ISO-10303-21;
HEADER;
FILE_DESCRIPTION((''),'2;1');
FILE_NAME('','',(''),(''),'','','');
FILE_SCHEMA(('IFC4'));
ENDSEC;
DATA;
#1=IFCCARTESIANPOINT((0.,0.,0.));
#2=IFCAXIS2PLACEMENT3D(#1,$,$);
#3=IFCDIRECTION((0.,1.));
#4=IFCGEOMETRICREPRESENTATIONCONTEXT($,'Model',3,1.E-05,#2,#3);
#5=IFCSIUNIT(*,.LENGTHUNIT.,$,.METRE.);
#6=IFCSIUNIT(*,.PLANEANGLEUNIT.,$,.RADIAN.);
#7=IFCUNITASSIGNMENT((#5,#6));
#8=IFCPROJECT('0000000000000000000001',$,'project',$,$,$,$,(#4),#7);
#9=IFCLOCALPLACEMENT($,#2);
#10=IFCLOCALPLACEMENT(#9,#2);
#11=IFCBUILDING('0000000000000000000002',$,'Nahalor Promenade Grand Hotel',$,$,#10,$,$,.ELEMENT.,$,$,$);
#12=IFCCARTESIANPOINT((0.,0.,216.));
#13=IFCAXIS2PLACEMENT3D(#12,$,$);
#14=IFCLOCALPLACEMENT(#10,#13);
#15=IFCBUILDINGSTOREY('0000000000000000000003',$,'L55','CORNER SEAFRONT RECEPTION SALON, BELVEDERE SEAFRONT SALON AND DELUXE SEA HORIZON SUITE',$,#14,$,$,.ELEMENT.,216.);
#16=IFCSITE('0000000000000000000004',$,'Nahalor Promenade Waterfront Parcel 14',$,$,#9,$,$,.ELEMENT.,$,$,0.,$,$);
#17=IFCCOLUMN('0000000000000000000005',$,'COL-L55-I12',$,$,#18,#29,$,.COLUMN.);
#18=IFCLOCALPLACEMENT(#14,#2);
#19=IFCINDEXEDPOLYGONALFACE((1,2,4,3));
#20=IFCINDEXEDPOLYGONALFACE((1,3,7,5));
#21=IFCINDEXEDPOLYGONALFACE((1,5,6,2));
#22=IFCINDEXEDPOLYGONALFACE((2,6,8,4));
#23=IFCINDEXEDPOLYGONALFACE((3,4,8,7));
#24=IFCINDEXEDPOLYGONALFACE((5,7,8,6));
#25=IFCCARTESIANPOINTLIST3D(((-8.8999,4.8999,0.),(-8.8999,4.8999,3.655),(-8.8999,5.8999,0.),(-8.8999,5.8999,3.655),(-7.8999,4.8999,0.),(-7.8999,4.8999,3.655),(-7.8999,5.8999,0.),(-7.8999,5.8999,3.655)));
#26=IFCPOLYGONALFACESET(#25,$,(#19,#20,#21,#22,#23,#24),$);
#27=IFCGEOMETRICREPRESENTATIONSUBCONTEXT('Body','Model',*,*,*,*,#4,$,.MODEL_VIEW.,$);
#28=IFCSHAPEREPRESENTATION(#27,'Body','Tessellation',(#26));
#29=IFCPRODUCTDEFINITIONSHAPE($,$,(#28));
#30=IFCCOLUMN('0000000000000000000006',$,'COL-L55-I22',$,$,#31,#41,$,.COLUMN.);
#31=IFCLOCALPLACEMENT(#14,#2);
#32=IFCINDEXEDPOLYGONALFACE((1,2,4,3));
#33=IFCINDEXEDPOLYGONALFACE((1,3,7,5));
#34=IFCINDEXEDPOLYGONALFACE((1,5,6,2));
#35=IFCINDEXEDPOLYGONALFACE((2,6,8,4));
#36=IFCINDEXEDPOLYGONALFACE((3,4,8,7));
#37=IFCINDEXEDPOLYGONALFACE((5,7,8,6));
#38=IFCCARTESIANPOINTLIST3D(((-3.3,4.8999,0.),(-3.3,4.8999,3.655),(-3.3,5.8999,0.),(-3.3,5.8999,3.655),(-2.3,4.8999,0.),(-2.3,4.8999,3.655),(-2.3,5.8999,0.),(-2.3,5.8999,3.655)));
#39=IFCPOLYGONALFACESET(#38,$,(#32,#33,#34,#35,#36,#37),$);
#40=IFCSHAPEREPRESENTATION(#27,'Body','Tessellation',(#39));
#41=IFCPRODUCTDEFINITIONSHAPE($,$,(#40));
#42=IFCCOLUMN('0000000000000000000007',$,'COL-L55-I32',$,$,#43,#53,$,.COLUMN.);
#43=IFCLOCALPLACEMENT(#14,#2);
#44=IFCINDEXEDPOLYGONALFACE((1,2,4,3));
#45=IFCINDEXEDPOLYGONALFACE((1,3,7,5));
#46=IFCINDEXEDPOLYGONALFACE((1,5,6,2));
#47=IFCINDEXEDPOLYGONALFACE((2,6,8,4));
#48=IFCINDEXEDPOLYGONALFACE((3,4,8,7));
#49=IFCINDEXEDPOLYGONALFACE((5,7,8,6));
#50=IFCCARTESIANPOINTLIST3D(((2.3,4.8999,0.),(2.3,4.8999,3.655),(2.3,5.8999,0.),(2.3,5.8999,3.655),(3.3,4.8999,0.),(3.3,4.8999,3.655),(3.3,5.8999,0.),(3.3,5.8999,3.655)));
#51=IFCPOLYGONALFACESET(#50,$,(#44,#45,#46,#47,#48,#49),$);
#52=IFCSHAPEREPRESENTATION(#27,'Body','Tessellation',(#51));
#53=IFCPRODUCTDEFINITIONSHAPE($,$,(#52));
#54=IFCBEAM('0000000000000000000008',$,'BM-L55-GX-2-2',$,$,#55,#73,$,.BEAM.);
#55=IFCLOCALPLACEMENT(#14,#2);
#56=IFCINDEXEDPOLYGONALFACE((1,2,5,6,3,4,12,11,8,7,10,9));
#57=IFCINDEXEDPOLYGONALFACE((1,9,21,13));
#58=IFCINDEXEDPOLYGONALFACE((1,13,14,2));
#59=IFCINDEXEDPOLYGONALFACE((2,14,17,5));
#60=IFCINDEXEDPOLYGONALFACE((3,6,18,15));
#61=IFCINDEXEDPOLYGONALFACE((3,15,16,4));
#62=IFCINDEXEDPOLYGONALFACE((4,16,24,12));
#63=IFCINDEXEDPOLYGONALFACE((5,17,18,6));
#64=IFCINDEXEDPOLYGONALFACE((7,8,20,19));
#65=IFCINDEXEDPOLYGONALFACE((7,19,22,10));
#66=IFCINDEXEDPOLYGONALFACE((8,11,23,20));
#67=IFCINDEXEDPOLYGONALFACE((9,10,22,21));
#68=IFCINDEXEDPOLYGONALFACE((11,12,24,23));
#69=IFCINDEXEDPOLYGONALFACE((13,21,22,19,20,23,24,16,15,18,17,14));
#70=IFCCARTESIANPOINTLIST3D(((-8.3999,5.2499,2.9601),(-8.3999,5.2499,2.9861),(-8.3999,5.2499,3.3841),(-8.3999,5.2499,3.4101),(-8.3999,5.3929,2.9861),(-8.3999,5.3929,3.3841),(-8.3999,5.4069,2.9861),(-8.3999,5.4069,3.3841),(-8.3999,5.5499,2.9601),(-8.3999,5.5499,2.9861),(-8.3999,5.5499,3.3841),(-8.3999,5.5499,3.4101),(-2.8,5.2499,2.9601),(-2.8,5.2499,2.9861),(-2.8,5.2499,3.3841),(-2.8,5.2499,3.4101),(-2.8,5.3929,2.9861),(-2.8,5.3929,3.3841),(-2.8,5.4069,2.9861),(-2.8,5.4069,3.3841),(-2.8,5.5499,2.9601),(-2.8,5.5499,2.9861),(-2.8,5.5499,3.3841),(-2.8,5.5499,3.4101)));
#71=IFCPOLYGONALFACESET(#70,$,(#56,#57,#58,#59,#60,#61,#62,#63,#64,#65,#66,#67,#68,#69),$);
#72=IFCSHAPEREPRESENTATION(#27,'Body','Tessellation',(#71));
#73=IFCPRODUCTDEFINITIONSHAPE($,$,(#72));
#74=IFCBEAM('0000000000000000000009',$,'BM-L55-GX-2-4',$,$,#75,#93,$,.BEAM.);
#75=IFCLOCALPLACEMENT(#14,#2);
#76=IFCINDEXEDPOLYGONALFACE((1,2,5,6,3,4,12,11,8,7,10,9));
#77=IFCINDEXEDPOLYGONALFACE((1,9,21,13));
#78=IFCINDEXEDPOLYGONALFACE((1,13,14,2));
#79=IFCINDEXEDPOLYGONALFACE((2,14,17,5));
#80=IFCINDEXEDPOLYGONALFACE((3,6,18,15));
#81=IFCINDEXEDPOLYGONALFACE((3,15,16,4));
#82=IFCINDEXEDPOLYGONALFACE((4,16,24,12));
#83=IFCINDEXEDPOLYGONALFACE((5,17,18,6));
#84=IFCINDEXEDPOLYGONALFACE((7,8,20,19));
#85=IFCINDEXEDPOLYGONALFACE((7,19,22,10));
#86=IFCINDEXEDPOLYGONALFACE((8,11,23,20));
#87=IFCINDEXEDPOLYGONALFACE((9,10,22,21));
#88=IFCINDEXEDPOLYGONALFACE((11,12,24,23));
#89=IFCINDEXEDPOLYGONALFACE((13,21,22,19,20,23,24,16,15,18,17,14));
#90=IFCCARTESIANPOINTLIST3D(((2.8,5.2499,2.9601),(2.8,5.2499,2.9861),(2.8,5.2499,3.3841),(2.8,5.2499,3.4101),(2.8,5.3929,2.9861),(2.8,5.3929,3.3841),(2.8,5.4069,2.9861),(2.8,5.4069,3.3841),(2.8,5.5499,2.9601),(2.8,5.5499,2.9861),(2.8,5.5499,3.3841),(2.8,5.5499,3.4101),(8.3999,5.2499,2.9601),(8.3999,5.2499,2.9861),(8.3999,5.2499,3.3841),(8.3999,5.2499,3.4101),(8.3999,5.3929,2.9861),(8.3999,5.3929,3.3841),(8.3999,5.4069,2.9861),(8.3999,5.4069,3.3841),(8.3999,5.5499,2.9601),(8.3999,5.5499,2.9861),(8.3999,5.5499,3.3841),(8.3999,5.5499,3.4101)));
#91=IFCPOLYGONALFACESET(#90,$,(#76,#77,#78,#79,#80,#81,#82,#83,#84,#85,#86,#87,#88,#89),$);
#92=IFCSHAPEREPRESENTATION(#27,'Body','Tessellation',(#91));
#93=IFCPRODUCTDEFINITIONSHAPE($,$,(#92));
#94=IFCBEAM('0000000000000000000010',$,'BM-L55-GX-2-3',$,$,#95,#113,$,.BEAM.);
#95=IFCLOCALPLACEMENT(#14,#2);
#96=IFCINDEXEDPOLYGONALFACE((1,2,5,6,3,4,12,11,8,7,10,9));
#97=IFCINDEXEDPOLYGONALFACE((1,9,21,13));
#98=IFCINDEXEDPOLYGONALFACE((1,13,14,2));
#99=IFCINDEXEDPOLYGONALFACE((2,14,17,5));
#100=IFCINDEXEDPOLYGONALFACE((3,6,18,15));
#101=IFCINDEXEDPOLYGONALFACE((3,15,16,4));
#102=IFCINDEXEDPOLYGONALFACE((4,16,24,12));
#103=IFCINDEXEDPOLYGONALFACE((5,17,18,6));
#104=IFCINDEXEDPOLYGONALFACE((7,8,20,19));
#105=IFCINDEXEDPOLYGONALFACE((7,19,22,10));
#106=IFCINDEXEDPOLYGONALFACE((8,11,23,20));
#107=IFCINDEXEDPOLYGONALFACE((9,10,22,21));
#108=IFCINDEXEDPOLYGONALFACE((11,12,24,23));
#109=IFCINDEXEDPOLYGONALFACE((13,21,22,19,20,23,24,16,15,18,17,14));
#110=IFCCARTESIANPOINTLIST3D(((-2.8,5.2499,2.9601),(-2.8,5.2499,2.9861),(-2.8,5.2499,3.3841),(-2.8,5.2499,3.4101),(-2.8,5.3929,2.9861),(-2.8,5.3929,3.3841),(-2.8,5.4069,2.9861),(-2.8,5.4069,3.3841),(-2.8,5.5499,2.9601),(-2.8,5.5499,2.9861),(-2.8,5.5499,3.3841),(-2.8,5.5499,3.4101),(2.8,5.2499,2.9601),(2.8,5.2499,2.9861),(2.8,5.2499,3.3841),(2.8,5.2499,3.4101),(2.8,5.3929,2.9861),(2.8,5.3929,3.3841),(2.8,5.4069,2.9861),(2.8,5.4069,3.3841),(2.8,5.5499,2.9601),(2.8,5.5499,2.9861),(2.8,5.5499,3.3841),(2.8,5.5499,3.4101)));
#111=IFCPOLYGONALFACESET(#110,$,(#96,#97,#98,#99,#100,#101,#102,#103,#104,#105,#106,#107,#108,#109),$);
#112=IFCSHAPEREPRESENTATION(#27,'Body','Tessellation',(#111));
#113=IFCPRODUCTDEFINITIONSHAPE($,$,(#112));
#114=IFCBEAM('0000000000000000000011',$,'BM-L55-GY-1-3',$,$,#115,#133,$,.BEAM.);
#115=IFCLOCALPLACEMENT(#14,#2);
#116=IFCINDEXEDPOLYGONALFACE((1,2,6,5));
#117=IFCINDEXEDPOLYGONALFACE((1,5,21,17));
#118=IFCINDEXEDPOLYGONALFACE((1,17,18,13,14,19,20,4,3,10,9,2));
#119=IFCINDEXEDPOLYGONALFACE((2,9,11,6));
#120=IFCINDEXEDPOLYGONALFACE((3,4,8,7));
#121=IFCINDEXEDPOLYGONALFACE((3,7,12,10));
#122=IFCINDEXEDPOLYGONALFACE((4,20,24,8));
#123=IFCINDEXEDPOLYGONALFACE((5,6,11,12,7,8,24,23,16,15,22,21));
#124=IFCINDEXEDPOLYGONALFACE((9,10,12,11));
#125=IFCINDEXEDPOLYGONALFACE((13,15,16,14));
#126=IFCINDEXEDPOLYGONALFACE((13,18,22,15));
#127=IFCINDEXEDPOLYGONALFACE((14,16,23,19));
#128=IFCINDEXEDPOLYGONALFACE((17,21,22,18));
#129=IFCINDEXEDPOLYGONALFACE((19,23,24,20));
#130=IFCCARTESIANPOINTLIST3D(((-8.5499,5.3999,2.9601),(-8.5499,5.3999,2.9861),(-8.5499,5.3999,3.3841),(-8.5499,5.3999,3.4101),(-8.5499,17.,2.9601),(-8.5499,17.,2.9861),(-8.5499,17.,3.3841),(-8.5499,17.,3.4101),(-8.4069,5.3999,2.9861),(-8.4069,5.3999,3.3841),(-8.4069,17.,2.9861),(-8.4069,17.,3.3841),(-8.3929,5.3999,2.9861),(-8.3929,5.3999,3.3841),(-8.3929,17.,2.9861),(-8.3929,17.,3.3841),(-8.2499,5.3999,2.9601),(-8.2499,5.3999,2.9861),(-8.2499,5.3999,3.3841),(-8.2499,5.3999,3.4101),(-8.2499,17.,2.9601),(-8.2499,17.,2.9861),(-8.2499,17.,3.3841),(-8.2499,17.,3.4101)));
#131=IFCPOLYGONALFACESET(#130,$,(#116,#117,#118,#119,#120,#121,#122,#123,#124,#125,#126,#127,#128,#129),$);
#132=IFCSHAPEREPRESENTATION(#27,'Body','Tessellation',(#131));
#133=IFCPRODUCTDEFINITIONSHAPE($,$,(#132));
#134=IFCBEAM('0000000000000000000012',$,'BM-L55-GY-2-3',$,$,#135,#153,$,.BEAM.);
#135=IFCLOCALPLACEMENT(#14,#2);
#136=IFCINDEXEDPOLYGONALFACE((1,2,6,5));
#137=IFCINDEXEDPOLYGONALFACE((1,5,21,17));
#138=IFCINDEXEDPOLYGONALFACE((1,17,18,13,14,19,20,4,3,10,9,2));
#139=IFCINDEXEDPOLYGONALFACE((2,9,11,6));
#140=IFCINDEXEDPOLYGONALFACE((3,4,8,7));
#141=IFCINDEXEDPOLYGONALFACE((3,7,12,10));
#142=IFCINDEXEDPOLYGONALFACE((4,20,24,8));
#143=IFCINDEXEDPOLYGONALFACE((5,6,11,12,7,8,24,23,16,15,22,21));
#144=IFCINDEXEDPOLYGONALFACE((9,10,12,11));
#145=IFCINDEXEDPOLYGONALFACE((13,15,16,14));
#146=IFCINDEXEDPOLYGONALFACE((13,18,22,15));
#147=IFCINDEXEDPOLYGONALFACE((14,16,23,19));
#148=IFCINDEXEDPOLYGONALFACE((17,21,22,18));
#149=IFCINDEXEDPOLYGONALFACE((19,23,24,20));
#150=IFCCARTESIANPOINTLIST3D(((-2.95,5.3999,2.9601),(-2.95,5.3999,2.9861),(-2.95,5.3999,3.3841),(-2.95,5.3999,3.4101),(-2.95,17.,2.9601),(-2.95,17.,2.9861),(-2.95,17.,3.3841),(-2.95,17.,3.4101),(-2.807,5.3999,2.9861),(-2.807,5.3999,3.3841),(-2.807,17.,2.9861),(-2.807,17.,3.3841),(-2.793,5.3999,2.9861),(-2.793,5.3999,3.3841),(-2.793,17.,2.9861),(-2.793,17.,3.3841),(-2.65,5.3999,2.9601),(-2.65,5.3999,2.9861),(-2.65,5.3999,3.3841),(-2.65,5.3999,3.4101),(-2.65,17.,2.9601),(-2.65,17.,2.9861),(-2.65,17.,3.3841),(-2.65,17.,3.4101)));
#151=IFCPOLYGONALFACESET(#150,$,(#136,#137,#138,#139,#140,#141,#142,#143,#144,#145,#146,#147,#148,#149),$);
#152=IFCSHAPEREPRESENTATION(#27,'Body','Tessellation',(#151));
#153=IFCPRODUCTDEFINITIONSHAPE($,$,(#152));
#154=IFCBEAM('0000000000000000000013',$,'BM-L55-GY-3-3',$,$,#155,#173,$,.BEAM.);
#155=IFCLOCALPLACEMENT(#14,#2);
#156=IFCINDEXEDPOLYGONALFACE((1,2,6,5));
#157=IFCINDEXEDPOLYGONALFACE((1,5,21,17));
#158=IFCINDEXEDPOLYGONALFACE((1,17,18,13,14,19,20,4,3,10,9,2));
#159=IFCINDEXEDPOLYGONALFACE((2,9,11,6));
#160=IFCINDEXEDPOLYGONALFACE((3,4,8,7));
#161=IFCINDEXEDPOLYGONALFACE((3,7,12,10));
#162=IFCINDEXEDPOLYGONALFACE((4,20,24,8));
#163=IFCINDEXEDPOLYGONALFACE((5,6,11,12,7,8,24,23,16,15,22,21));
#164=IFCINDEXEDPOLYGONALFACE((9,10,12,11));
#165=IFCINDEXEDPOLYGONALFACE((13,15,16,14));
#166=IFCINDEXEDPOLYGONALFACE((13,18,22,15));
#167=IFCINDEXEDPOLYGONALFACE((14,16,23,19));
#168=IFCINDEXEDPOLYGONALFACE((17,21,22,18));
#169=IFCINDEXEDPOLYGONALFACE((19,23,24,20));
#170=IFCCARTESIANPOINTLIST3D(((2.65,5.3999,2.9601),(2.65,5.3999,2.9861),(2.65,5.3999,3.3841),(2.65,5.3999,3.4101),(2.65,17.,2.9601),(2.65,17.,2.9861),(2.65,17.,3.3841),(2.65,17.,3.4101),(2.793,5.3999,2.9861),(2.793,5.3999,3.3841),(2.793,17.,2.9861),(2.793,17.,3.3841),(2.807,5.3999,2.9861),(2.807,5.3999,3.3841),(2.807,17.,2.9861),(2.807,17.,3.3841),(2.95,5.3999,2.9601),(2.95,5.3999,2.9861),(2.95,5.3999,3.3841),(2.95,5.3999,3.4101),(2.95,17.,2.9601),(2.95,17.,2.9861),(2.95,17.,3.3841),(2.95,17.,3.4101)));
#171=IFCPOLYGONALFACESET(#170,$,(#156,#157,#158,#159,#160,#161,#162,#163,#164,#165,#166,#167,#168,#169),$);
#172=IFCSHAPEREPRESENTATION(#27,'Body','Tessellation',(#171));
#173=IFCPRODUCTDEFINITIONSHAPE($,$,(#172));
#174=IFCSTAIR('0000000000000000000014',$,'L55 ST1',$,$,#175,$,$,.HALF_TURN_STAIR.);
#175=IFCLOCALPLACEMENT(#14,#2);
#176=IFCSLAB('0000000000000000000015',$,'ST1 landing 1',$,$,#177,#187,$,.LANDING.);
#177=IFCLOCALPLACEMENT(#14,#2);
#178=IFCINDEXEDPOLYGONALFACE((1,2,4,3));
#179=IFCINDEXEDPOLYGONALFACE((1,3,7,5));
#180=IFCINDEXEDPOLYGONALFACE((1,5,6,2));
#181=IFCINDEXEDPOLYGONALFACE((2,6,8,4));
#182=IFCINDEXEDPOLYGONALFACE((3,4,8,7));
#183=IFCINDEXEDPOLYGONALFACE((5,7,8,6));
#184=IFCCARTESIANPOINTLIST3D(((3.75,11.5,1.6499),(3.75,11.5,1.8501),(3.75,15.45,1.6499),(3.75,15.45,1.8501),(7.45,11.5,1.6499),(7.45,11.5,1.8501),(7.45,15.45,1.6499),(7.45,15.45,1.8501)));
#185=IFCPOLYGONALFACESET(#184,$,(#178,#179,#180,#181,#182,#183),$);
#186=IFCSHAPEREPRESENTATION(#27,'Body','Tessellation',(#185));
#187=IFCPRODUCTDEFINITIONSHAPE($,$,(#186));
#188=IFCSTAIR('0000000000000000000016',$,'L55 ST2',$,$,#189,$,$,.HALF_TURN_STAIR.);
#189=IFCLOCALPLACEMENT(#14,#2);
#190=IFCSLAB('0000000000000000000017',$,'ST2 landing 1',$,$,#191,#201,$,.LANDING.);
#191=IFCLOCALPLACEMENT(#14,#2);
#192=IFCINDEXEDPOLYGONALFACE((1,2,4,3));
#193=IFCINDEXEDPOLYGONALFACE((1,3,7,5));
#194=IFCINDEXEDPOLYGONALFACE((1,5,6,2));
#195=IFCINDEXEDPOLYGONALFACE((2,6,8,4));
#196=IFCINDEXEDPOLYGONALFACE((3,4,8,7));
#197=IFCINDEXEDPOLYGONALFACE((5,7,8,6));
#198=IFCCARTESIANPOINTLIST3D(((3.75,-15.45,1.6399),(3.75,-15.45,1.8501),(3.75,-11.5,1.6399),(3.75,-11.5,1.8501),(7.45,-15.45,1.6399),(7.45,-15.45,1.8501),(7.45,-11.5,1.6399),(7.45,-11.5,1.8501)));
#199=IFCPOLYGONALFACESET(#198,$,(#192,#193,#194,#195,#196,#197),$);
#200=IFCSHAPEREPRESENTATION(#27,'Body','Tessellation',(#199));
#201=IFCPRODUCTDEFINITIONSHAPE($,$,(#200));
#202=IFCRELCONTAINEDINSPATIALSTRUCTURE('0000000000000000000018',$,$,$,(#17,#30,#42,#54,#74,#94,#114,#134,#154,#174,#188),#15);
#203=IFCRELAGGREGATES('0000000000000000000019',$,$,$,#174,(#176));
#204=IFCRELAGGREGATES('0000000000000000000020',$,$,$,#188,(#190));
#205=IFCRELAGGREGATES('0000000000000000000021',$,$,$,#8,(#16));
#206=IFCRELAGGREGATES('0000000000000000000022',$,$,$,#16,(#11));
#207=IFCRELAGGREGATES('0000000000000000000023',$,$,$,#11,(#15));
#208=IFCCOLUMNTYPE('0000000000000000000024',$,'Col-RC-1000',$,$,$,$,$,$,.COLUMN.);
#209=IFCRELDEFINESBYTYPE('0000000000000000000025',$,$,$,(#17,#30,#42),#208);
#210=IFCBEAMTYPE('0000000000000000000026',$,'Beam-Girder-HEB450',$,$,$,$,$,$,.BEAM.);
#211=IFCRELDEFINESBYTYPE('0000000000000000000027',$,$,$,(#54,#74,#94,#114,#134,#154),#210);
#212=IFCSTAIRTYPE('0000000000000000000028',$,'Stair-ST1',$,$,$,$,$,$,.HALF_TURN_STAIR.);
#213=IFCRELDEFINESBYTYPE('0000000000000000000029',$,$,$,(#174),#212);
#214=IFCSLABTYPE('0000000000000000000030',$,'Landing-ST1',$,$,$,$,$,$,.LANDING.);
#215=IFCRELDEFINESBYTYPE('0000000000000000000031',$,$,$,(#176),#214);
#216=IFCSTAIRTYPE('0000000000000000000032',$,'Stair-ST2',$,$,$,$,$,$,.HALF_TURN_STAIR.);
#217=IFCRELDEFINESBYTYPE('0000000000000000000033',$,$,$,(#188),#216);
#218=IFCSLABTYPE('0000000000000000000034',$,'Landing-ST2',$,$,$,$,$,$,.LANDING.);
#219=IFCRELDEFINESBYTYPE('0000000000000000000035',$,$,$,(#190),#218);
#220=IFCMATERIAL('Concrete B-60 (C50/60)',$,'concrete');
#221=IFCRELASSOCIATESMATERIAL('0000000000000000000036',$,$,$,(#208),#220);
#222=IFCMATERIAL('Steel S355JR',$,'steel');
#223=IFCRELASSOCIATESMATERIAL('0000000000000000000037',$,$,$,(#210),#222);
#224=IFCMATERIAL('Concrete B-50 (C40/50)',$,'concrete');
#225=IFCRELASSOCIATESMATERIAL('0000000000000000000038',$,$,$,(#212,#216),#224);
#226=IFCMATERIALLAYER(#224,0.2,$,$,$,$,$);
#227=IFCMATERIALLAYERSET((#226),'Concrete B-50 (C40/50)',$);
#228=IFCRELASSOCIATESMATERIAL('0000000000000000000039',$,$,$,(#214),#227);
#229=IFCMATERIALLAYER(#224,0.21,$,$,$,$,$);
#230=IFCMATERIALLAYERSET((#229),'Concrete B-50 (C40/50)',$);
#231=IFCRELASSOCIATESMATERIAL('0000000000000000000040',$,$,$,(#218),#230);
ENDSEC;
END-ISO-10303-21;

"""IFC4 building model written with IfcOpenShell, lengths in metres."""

from ifc_helpers import new_model, si_unit, direction, frame, origin, origin_2d, place, context, subcontext, project, spatial, polyline, rectangle, i_section, outline, extrude, source, transform, mapped, material, layer, layer_set, material_profile, profile_set, type_object, element, aggregate, save


model = new_model("IFC4")

# Units and contexts
model_context = context("Model", 3, precision=1e-05, world=origin(), true_north=direction((0.0, 1.0)))
body_context = subcontext(model_context, "Body", "Model", "MODEL_VIEW")
ifc_project = project(units=[si_unit("LENGTHUNIT", "METRE"), si_unit("PLANEANGLEUNIT", "RADIAN")], contexts=[model_context])

# Site, building, storey
site_placement = place(None, origin())
site = spatial("IfcSite", under=ifc_project, at=site_placement, Name="Nahalor Promenade Waterfront Parcel 14", CompositionType="ELEMENT", RefElevation=0.0)
building_placement = place(site_placement, origin())
building = spatial("IfcBuilding", under=site, at=building_placement, Name="Nahalor Promenade Grand Hotel", CompositionType="ELEMENT")
storey_placement = place(building_placement, frame((0.0, 0.0, 216.0)))
storey = spatial("IfcBuildingStorey", under=building, at=storey_placement, Name="L55", Description="CORNER SEAFRONT RECEPTION SALON, BELVEDERE SEAFRONT SALON AND DELUXE SEA HORIZON SUITE", CompositionType="ELEMENT", Elevation=216.0)

# Columns
ifc_material_1 = material(Name="Concrete B-60 (C50/60)", Category="concrete")
ifc_material_profile_1 = material_profile(ifc_material_1, rectangle(XDim=1.0, YDim=1.0, at=origin_2d()), Name="RC 1000x1000")
ifc_profile_set_1 = profile_set([ifc_material_profile_1], Name="Concrete B-60 (C50/60)")
column_type = type_object("IfcColumnType", Name="Col-RC-1000", PredefinedType="COLUMN", material=ifc_profile_set_1)
shared_shape_1 = source(origin(), body_context, "Body", "SweptSolid", [
    extrude(rectangle(XDim=1.0, YDim=1.0, at=origin_2d()), origin(), (0.0, 0.0, 1.0), 3.655),
])
for number, where, z_axis, x_axis, name in (
    (1, (-8.3999, 5.3999, 0.0), (0.0, 0.0, 1.0), (1.0, 0.0, 0.0), "COL-L55-I12"),
    (2, (-2.8, 5.3999, 0.0), (0.0, 0.0, 1.0), (1.0, 0.0, 0.0), "COL-L55-I22"),
    (3, (2.8, 5.3999, 0.0), (0.0, 0.0, 1.0), (1.0, 0.0, 0.0), "COL-L55-I32"),
):
    element("IfcColumn", number, at=place(storey_placement, frame(where, z_axis=z_axis, x_axis=x_axis)), inside=storey, type_object=column_type, Name=name, PredefinedType="COLUMN", context=body_context, shape_type="MappedRepresentation", body=[
        mapped(shared_shape_1, transform((0.0, 0.0, 0.0), scale=1.0)),
    ])

# Beams
ifc_material_2 = material(Name="Steel S355JR", Category="steel")
ifc_material_profile_2 = material_profile(ifc_material_2, i_section(OverallWidth=0.3, OverallDepth=0.45, WebThickness=0.014, FlangeThickness=0.026, at=origin_2d()), Name="HEB 450")
ifc_profile_set_2 = profile_set([ifc_material_profile_2], Name="Steel S355JR")
beam_type = type_object("IfcBeamType", Name="Beam-Girder-HEB450", PredefinedType="BEAM", material=ifc_profile_set_2)
shared_shape_2 = source(origin(), body_context, "Body", "SweptSolid", [
    extrude(i_section(OverallWidth=0.3, OverallDepth=0.45, WebThickness=0.014, FlangeThickness=0.026, at=origin_2d()), origin(), (0.0, 0.0, 1.0), 5.5999),
])
for number, where, z_axis, x_axis, name in (
    (4, (-8.3999, 5.3999, 3.1851), (1.0, 0.0, 0.0), (0.0, 1.0, 0.0), "BM-L55-GX-2-2"),
    (5, (2.8, 5.3999, 3.1851), (1.0, 0.0, 0.0), (0.0, 1.0, 0.0), "BM-L55-GX-2-4"),
):
    element("IfcBeam", number, at=place(storey_placement, frame(where, z_axis=z_axis, x_axis=x_axis)), inside=storey, type_object=beam_type, Name=name, PredefinedType="BEAM", context=body_context, shape_type="MappedRepresentation", body=[
        mapped(shared_shape_2, transform((0.0, 0.0, 0.0), scale=1.0)),
    ])
shared_shape_3 = source(origin(), body_context, "Body", "SweptSolid", [
    extrude(i_section(OverallWidth=0.3, OverallDepth=0.45, WebThickness=0.014, FlangeThickness=0.026, at=origin_2d()), origin(), (0.0, 0.0, 1.0), 5.6001),
])
beam_placement = place(storey_placement, frame((-2.8, 5.3999, 3.1851), z_axis=(1.0, 0.0, 0.0), x_axis=(0.0, 1.0, 0.0)))
element("IfcBeam", 6, at=beam_placement, inside=storey, type_object=beam_type, Name="BM-L55-GX-2-3", PredefinedType="BEAM", context=body_context, shape_type="MappedRepresentation", body=[
    mapped(shared_shape_3, transform((0.0, 0.0, 0.0), scale=1.0)),
])
shared_shape_4 = source(origin(), body_context, "Body", "SweptSolid", [
    extrude(i_section(OverallWidth=0.3, OverallDepth=0.45, WebThickness=0.014, FlangeThickness=0.026, at=origin_2d()), origin(), (0.0, 0.0, 1.0), 11.6001),
])
for number, where, z_axis, x_axis, name in (
    (7, (-8.3999, 5.3999, 3.1851), (0.0, 1.0, 0.0), (-1.0, 0.0, 0.0), "BM-L55-GY-1-3"),
    (8, (-2.8, 5.3999, 3.1851), (0.0, 1.0, 0.0), (-1.0, 0.0, 0.0), "BM-L55-GY-2-3"),
    (9, (2.8, 5.3999, 3.1851), (0.0, 1.0, 0.0), (-1.0, 0.0, 0.0), "BM-L55-GY-3-3"),
):
    element("IfcBeam", number, at=place(storey_placement, frame(where, z_axis=z_axis, x_axis=x_axis)), inside=storey, type_object=beam_type, Name=name, PredefinedType="BEAM", context=body_context, shape_type="MappedRepresentation", body=[
        mapped(shared_shape_4, transform((0.0, 0.0, 0.0), scale=1.0)),
    ])

# Stairs, slabs
ifc_material_3 = material(Name="Concrete B-50 (C40/50)", Category="concrete")
stair_type_1 = type_object("IfcStairType", Name="Stair-ST1", PredefinedType="HALF_TURN_STAIR", material=ifc_material_3)
stair_1_placement = place(storey_placement, origin())
stair_1 = element("IfcStair", 10, at=stair_1_placement, inside=storey, type_object=stair_type_1, Name="L55 ST1", PredefinedType="HALF_TURN_STAIR")
ifc_layer_1 = layer(ifc_material_3, 0.2)
ifc_layer_set_1 = layer_set([ifc_layer_1], Name="Concrete B-50 (C40/50)")
slab_type_1 = type_object("IfcSlabType", Name="Landing-ST1", PredefinedType="LANDING", material=ifc_layer_set_1)
slab_1_placement = place(storey_placement, frame((0.0, 0.0, 1.6499)))
slab_1 = element("IfcSlab", 11, at=slab_1_placement, type_object=slab_type_1, Name="ST1 landing 1", PredefinedType="LANDING", context=body_context, shape_type="SweptSolid", body=[
    extrude(outline(polyline([(7.45, 11.5), (7.45, 15.45), (3.75, 15.45), (3.75, 11.5), (7.45, 11.5)])), origin(), (0.0, 0.0, 1.0), 0.2002),
])
aggregate(stair_1, [slab_1])
stair_type_2 = type_object("IfcStairType", Name="Stair-ST2", PredefinedType="HALF_TURN_STAIR", material=ifc_material_3)
stair_2_placement = place(storey_placement, origin())
stair_2 = element("IfcStair", 12, at=stair_2_placement, inside=storey, type_object=stair_type_2, Name="L55 ST2", PredefinedType="HALF_TURN_STAIR")
ifc_layer_2 = layer(ifc_material_3, 0.21)
ifc_layer_set_2 = layer_set([ifc_layer_2], Name="Concrete B-50 (C40/50)")
slab_type_2 = type_object("IfcSlabType", Name="Landing-ST2", PredefinedType="LANDING", material=ifc_layer_set_2)
slab_2_placement = place(storey_placement, frame((0.0, 0.0, 1.6399)))
slab_2 = element("IfcSlab", 13, at=slab_2_placement, type_object=slab_type_2, Name="ST2 landing 1", PredefinedType="LANDING", context=body_context, shape_type="SweptSolid", body=[
    extrude(outline(polyline([(3.75, -11.5), (3.75, -15.45), (7.45, -15.45), (7.45, -11.5), (3.75, -11.5)])), origin(), (0.0, 0.0, 1.0), 0.2102),
])
aggregate(stair_2, [slab_2])

save(model, "model.ifc")
